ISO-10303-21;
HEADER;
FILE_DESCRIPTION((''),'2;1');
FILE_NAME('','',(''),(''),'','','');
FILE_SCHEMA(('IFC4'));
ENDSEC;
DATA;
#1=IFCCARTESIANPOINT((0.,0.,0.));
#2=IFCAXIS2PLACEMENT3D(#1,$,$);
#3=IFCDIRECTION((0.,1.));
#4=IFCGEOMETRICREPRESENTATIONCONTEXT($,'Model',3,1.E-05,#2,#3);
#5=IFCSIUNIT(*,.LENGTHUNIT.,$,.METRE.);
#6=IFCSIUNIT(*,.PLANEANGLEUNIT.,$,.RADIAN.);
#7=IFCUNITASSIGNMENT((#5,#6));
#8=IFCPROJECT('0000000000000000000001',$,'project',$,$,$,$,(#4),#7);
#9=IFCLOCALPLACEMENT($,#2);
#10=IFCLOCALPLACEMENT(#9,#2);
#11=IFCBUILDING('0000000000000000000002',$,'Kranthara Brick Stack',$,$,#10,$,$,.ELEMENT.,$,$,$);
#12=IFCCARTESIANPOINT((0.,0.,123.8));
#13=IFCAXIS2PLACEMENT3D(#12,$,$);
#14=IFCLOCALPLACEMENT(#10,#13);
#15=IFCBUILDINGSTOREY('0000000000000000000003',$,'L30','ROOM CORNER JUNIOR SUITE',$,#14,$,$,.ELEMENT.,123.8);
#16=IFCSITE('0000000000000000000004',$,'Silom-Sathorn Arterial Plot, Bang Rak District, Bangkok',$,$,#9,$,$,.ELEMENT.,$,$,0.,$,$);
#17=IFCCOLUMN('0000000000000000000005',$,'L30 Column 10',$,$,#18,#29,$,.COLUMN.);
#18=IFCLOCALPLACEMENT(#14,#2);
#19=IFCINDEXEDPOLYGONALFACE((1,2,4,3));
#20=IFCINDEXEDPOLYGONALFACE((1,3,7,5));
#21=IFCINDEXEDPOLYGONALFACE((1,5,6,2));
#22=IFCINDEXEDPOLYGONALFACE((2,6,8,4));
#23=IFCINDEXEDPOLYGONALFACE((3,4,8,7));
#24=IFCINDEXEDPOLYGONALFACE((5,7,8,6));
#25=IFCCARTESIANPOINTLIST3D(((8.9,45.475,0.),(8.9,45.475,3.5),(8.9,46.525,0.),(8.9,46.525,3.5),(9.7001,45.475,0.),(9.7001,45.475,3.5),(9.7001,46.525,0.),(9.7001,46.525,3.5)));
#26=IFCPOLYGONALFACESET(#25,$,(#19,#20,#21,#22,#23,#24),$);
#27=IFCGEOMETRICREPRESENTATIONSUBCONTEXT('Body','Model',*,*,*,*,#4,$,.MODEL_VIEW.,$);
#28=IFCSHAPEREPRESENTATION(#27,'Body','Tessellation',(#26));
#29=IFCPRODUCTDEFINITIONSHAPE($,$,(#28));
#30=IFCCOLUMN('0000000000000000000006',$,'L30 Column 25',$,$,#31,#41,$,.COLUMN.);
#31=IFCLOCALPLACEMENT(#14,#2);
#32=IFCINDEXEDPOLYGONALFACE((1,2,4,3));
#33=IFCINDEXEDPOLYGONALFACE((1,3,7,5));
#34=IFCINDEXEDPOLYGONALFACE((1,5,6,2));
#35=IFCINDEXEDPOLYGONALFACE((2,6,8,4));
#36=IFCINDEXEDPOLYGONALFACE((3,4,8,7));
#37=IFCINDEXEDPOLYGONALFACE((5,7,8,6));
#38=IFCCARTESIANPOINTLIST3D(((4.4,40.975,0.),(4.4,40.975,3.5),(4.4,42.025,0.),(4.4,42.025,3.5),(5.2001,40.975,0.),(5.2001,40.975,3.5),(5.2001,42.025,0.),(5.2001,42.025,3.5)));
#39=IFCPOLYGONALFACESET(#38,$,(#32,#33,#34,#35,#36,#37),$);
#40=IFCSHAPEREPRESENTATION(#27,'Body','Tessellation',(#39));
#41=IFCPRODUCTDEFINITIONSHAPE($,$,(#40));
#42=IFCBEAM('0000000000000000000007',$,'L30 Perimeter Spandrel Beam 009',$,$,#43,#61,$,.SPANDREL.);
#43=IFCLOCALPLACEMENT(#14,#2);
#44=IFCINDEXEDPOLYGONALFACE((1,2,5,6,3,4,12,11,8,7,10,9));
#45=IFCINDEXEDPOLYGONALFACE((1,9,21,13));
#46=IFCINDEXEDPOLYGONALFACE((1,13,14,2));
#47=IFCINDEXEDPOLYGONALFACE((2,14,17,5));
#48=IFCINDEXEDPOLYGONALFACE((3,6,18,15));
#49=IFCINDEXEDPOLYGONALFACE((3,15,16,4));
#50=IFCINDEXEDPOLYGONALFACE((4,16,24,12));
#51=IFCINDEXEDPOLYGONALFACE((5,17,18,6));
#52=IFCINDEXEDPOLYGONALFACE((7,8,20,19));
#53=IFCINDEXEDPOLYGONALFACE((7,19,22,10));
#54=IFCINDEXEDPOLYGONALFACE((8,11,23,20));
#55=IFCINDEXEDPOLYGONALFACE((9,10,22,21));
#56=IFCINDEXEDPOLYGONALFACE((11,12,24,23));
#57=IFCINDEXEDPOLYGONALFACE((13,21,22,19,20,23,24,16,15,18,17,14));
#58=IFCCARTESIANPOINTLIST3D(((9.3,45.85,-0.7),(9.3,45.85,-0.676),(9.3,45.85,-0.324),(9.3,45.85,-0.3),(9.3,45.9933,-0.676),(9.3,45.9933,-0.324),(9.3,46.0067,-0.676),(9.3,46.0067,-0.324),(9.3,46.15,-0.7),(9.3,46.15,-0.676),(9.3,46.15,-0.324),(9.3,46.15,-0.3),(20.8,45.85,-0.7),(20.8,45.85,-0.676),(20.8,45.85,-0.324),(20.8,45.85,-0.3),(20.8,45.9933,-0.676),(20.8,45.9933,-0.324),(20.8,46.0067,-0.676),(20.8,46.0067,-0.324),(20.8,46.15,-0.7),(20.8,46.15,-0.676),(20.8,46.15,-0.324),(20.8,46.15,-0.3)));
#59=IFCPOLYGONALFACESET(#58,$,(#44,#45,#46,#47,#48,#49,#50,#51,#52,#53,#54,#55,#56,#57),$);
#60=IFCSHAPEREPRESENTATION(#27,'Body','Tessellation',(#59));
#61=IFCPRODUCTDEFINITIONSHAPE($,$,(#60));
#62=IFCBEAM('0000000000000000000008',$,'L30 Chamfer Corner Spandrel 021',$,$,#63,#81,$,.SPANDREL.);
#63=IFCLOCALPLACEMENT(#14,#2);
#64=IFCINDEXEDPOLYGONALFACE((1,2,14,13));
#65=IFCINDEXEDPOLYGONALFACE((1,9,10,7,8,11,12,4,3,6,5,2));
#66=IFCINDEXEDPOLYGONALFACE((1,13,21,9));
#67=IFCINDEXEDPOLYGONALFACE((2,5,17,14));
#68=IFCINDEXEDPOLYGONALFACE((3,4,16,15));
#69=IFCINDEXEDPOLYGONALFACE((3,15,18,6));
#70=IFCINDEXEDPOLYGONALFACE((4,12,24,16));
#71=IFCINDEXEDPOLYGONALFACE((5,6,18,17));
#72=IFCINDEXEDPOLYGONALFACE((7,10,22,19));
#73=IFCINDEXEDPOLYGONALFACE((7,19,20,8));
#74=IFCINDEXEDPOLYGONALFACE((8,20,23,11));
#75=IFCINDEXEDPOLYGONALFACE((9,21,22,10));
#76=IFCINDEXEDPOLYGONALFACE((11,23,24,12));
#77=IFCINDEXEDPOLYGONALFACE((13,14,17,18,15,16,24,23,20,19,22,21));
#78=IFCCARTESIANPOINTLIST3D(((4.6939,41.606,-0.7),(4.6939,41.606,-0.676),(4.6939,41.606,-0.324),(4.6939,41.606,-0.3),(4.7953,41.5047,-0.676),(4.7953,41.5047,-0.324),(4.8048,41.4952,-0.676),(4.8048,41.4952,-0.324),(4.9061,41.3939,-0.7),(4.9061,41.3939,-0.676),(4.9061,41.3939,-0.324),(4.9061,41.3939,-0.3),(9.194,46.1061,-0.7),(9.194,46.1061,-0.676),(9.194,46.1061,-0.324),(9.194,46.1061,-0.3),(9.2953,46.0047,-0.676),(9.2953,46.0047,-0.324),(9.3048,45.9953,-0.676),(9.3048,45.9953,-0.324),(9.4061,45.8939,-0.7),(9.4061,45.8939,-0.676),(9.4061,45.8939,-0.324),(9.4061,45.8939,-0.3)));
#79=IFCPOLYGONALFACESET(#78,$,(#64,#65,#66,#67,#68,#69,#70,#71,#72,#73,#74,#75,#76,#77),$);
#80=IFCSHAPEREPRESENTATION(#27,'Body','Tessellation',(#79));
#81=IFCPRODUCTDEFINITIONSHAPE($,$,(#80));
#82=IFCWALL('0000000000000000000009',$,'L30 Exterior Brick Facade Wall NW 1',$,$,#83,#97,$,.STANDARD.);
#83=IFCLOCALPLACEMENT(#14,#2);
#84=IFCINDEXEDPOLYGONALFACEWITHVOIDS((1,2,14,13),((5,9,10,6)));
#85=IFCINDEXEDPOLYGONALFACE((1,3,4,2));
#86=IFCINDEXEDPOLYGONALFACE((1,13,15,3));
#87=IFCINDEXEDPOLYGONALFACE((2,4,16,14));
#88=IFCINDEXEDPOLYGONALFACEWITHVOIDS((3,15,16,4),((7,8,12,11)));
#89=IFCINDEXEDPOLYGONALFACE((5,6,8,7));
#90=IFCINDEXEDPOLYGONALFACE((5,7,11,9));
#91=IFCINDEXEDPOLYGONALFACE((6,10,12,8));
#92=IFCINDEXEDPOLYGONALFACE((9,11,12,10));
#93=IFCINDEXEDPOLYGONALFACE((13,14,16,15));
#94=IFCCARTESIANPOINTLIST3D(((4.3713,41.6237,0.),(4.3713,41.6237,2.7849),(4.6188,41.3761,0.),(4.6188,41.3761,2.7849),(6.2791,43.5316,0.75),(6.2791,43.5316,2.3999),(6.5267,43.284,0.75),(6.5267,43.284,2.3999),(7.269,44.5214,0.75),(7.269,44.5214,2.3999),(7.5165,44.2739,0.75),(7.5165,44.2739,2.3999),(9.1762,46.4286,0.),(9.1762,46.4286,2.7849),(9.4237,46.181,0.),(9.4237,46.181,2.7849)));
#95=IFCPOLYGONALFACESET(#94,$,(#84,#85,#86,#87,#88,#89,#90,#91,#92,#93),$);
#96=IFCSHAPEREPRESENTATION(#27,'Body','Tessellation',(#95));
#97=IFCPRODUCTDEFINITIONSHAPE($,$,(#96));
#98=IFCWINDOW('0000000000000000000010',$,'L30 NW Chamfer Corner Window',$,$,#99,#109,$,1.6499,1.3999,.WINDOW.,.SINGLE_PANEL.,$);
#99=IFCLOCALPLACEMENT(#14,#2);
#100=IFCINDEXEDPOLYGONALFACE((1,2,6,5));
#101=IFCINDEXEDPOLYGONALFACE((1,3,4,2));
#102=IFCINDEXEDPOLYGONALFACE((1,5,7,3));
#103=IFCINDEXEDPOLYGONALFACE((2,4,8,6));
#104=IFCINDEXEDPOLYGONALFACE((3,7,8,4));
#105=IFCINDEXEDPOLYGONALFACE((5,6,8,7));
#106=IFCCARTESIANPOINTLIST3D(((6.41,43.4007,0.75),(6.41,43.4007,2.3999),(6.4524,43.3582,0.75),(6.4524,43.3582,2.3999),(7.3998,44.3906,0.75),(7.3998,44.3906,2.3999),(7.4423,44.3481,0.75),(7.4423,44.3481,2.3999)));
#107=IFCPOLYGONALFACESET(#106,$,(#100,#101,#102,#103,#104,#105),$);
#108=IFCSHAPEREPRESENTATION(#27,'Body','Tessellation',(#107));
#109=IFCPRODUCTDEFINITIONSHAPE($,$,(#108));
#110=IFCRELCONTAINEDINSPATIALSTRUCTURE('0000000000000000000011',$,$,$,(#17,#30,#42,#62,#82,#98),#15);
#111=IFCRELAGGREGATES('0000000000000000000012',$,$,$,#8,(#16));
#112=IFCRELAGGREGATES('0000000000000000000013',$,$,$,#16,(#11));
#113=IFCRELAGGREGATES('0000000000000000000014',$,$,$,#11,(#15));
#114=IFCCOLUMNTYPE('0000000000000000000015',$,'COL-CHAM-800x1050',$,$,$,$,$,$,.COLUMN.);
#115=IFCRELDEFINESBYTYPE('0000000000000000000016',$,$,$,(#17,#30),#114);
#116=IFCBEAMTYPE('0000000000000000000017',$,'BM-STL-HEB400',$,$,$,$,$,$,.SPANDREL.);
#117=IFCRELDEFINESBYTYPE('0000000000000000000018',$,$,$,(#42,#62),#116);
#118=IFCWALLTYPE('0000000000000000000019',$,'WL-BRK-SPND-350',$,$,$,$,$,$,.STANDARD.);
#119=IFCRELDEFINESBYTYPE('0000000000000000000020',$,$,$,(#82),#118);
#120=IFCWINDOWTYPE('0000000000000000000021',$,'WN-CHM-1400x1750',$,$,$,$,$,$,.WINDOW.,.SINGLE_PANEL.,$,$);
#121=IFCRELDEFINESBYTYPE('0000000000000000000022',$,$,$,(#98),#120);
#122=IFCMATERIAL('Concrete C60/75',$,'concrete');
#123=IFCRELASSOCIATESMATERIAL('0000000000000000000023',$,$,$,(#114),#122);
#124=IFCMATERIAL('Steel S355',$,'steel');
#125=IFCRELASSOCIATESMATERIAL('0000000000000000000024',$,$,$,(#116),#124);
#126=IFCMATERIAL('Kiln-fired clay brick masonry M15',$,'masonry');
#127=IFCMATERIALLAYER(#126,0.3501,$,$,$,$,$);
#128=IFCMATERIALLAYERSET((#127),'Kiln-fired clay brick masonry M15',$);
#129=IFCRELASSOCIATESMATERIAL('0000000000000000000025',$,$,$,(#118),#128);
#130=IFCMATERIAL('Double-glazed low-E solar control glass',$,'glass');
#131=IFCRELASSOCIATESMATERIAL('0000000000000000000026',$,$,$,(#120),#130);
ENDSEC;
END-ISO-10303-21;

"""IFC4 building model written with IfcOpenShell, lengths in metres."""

from ifc_helpers import new_model, si_unit, direction, frame, frame_2d, origin, origin_2d, place, context, subcontext, project, spatial, rectangle, i_section, extrude, material, layer, layer_set, material_profile, profile_set, type_object, element, fill, save


model = new_model("IFC4")

# Units and contexts
model_context = context("Model", 3, precision=1e-05, world=origin(), true_north=direction((0.0, 1.0)))
body_context = subcontext(model_context, "Body", "Model", "MODEL_VIEW")
ifc_project = project(units=[si_unit("LENGTHUNIT", "METRE"), si_unit("PLANEANGLEUNIT", "RADIAN")], contexts=[model_context])

# Site, building, storey
site_placement = place(None, origin())
site = spatial("IfcSite", under=ifc_project, at=site_placement, Name="Silom-Sathorn Arterial Plot, Bang Rak District, Bangkok", CompositionType="ELEMENT", RefElevation=0.0)
building_placement = place(site_placement, origin())
building = spatial("IfcBuilding", under=site, at=building_placement, Name="Kranthara Brick Stack", CompositionType="ELEMENT")
storey_placement = place(building_placement, frame((0.0, 0.0, 123.8)))
storey = spatial("IfcBuildingStorey", under=building, at=storey_placement, Name="L30", Description="ROOM CORNER JUNIOR SUITE", CompositionType="ELEMENT", Elevation=123.8)

# Columns
ifc_material_1 = material(Name="Concrete C60/75", Category="concrete")
ifc_material_profile_1 = material_profile(ifc_material_1, rectangle(XDim=0.8, YDim=1.05, at=origin_2d()), Name="RC 800x1050")
ifc_profile_set_1 = profile_set([ifc_material_profile_1], Name="Concrete C60/75")
column_type = type_object("IfcColumnType", Name="COL-CHAM-800x1050", PredefinedType="COLUMN", material=ifc_profile_set_1)
for number, where, z_axis, x_axis, name in (
    (1, (9.3, 46.0, 0.0), (0.0, 0.0, 1.0), (1.0, 0.0, 0.0), "L30 Column 10"),
    (2, (4.8, 41.5, 0.0), (0.0, 0.0, 1.0), (1.0, 0.0, 0.0), "L30 Column 25"),
):
    element("IfcColumn", number, at=place(storey_placement, frame(where, z_axis=z_axis, x_axis=x_axis)), inside=storey, type_object=column_type, Name=name, PredefinedType="COLUMN", context=body_context, shape_type="SweptSolid", body=[
        extrude(rectangle(XDim=0.8, YDim=1.05, at=origin_2d()), origin(), (0.0, 0.0, 1.0), 3.5),
    ])

# Beams
ifc_material_2 = material(Name="Steel S355", Category="steel")
ifc_material_profile_2 = material_profile(ifc_material_2, i_section(OverallWidth=0.3, OverallDepth=0.3999, WebThickness=0.0134, FlangeThickness=0.0239, at=origin_2d()), Name="HEB 400")
ifc_profile_set_2 = profile_set([ifc_material_profile_2], Name="Steel S355")
beam_type = type_object("IfcBeamType", Name="BM-STL-HEB400", PredefinedType="SPANDREL", material=ifc_profile_set_2)
beam_1_placement = place(storey_placement, frame((9.3, 46.0, -0.5), z_axis=(1.0, 0.0, 0.0), x_axis=(0.0, 1.0, 0.0)))
element("IfcBeam", 3, at=beam_1_placement, inside=storey, type_object=beam_type, Name="L30 Perimeter Spandrel Beam 009", PredefinedType="SPANDREL", context=body_context, shape_type="SweptSolid", body=[
    extrude(i_section(OverallWidth=0.3, OverallDepth=0.3999, WebThickness=0.0134, FlangeThickness=0.0239, at=origin_2d()), origin(), (0.0, 0.0, 1.0), 11.5),
])
beam_2_placement = place(storey_placement, frame((9.3, 46.0, -0.5), z_axis=(-0.707107, -0.707107, 0.0), x_axis=(0.707107, -0.707107, 0.0)))
element("IfcBeam", 4, at=beam_2_placement, inside=storey, type_object=beam_type, Name="L30 Chamfer Corner Spandrel 021", PredefinedType="SPANDREL", context=body_context, shape_type="SweptSolid", body=[
    extrude(i_section(OverallWidth=0.3, OverallDepth=0.3999, WebThickness=0.0134, FlangeThickness=0.0239, at=origin_2d()), origin(), (0.0, 0.0, 1.0), 6.364),
])

# Wall, opening, window
ifc_material_3 = material(Name="Kiln-fired clay brick masonry M15", Category="masonry")
ifc_layer_1 = layer(ifc_material_3, 0.3501)
ifc_layer_set_1 = layer_set([ifc_layer_1], Name="Kiln-fired clay brick masonry M15")
wall_type_1 = type_object("IfcWallType", Name="WL-BRK-SPND-350", PredefinedType="STANDARD", material=ifc_layer_set_1)
wall_1_placement = place(storey_placement, frame((4.4951, 41.5, 0.0), z_axis=(0.0, 0.0, 1.0), x_axis=(0.707107, 0.707107, 0.0)))
wall_1 = element("IfcWall", 5, at=wall_1_placement, inside=storey, type_object=wall_type_1, Name="L30 Exterior Brick Facade Wall NW 1", PredefinedType="STANDARD", context=body_context, shape_type="SweptSolid", body=[
    extrude(rectangle(XDim=6.7952, YDim=0.3501, at=frame_2d((3.3975, 0.0))), origin(), (0.0, 0.0, 1.0), 2.7849),
])
opening_1_placement = place(wall_1_placement, frame((2.698, 0.0, 0.75)))
opening_1 = element("IfcOpeningElement", 6, at=opening_1_placement, cuts=wall_1, PredefinedType="OPENING", context=body_context, shape_type="SweptSolid", body=[
    extrude(rectangle(XDim=1.3999, YDim=1.6499, at=frame_2d((0.7, 0.825))), frame((0.0, 0.1851, 0.0), z_axis=(0.0, -1.0, 0.0), x_axis=(1.0, 0.0, 0.0)), (0.0, 0.0, 1.0), 0.3701),
])
ifc_material_4 = material(Name="Double-glazed low-E solar control glass", Category="glass")
window_type_1 = type_object("IfcWindowType", Name="WN-CHM-1400x1750", PartitioningType="SINGLE_PANEL", PredefinedType="WINDOW", material=ifc_material_4)
window_1_placement = place(opening_1_placement, origin())
window_1 = element("IfcWindow", 7, at=window_1_placement, inside=storey, type_object=window_type_1, Name="L30 NW Chamfer Corner Window", OverallHeight=1.6499, OverallWidth=1.3999, PartitioningType="SINGLE_PANEL", PredefinedType="WINDOW", context=body_context, shape_type="SweptSolid", body=[
    extrude(rectangle(XDim=1.3999, YDim=1.6499, at=frame_2d((0.7, 0.825))), frame((0.0, -0.01, 0.0), z_axis=(0.0, -1.0, 0.0), x_axis=(1.0, 0.0, 0.0)), (0.0, 0.0, 1.0), 0.0601),
])
fill(opening_1, window_1)

save(model, "model.ifc")
